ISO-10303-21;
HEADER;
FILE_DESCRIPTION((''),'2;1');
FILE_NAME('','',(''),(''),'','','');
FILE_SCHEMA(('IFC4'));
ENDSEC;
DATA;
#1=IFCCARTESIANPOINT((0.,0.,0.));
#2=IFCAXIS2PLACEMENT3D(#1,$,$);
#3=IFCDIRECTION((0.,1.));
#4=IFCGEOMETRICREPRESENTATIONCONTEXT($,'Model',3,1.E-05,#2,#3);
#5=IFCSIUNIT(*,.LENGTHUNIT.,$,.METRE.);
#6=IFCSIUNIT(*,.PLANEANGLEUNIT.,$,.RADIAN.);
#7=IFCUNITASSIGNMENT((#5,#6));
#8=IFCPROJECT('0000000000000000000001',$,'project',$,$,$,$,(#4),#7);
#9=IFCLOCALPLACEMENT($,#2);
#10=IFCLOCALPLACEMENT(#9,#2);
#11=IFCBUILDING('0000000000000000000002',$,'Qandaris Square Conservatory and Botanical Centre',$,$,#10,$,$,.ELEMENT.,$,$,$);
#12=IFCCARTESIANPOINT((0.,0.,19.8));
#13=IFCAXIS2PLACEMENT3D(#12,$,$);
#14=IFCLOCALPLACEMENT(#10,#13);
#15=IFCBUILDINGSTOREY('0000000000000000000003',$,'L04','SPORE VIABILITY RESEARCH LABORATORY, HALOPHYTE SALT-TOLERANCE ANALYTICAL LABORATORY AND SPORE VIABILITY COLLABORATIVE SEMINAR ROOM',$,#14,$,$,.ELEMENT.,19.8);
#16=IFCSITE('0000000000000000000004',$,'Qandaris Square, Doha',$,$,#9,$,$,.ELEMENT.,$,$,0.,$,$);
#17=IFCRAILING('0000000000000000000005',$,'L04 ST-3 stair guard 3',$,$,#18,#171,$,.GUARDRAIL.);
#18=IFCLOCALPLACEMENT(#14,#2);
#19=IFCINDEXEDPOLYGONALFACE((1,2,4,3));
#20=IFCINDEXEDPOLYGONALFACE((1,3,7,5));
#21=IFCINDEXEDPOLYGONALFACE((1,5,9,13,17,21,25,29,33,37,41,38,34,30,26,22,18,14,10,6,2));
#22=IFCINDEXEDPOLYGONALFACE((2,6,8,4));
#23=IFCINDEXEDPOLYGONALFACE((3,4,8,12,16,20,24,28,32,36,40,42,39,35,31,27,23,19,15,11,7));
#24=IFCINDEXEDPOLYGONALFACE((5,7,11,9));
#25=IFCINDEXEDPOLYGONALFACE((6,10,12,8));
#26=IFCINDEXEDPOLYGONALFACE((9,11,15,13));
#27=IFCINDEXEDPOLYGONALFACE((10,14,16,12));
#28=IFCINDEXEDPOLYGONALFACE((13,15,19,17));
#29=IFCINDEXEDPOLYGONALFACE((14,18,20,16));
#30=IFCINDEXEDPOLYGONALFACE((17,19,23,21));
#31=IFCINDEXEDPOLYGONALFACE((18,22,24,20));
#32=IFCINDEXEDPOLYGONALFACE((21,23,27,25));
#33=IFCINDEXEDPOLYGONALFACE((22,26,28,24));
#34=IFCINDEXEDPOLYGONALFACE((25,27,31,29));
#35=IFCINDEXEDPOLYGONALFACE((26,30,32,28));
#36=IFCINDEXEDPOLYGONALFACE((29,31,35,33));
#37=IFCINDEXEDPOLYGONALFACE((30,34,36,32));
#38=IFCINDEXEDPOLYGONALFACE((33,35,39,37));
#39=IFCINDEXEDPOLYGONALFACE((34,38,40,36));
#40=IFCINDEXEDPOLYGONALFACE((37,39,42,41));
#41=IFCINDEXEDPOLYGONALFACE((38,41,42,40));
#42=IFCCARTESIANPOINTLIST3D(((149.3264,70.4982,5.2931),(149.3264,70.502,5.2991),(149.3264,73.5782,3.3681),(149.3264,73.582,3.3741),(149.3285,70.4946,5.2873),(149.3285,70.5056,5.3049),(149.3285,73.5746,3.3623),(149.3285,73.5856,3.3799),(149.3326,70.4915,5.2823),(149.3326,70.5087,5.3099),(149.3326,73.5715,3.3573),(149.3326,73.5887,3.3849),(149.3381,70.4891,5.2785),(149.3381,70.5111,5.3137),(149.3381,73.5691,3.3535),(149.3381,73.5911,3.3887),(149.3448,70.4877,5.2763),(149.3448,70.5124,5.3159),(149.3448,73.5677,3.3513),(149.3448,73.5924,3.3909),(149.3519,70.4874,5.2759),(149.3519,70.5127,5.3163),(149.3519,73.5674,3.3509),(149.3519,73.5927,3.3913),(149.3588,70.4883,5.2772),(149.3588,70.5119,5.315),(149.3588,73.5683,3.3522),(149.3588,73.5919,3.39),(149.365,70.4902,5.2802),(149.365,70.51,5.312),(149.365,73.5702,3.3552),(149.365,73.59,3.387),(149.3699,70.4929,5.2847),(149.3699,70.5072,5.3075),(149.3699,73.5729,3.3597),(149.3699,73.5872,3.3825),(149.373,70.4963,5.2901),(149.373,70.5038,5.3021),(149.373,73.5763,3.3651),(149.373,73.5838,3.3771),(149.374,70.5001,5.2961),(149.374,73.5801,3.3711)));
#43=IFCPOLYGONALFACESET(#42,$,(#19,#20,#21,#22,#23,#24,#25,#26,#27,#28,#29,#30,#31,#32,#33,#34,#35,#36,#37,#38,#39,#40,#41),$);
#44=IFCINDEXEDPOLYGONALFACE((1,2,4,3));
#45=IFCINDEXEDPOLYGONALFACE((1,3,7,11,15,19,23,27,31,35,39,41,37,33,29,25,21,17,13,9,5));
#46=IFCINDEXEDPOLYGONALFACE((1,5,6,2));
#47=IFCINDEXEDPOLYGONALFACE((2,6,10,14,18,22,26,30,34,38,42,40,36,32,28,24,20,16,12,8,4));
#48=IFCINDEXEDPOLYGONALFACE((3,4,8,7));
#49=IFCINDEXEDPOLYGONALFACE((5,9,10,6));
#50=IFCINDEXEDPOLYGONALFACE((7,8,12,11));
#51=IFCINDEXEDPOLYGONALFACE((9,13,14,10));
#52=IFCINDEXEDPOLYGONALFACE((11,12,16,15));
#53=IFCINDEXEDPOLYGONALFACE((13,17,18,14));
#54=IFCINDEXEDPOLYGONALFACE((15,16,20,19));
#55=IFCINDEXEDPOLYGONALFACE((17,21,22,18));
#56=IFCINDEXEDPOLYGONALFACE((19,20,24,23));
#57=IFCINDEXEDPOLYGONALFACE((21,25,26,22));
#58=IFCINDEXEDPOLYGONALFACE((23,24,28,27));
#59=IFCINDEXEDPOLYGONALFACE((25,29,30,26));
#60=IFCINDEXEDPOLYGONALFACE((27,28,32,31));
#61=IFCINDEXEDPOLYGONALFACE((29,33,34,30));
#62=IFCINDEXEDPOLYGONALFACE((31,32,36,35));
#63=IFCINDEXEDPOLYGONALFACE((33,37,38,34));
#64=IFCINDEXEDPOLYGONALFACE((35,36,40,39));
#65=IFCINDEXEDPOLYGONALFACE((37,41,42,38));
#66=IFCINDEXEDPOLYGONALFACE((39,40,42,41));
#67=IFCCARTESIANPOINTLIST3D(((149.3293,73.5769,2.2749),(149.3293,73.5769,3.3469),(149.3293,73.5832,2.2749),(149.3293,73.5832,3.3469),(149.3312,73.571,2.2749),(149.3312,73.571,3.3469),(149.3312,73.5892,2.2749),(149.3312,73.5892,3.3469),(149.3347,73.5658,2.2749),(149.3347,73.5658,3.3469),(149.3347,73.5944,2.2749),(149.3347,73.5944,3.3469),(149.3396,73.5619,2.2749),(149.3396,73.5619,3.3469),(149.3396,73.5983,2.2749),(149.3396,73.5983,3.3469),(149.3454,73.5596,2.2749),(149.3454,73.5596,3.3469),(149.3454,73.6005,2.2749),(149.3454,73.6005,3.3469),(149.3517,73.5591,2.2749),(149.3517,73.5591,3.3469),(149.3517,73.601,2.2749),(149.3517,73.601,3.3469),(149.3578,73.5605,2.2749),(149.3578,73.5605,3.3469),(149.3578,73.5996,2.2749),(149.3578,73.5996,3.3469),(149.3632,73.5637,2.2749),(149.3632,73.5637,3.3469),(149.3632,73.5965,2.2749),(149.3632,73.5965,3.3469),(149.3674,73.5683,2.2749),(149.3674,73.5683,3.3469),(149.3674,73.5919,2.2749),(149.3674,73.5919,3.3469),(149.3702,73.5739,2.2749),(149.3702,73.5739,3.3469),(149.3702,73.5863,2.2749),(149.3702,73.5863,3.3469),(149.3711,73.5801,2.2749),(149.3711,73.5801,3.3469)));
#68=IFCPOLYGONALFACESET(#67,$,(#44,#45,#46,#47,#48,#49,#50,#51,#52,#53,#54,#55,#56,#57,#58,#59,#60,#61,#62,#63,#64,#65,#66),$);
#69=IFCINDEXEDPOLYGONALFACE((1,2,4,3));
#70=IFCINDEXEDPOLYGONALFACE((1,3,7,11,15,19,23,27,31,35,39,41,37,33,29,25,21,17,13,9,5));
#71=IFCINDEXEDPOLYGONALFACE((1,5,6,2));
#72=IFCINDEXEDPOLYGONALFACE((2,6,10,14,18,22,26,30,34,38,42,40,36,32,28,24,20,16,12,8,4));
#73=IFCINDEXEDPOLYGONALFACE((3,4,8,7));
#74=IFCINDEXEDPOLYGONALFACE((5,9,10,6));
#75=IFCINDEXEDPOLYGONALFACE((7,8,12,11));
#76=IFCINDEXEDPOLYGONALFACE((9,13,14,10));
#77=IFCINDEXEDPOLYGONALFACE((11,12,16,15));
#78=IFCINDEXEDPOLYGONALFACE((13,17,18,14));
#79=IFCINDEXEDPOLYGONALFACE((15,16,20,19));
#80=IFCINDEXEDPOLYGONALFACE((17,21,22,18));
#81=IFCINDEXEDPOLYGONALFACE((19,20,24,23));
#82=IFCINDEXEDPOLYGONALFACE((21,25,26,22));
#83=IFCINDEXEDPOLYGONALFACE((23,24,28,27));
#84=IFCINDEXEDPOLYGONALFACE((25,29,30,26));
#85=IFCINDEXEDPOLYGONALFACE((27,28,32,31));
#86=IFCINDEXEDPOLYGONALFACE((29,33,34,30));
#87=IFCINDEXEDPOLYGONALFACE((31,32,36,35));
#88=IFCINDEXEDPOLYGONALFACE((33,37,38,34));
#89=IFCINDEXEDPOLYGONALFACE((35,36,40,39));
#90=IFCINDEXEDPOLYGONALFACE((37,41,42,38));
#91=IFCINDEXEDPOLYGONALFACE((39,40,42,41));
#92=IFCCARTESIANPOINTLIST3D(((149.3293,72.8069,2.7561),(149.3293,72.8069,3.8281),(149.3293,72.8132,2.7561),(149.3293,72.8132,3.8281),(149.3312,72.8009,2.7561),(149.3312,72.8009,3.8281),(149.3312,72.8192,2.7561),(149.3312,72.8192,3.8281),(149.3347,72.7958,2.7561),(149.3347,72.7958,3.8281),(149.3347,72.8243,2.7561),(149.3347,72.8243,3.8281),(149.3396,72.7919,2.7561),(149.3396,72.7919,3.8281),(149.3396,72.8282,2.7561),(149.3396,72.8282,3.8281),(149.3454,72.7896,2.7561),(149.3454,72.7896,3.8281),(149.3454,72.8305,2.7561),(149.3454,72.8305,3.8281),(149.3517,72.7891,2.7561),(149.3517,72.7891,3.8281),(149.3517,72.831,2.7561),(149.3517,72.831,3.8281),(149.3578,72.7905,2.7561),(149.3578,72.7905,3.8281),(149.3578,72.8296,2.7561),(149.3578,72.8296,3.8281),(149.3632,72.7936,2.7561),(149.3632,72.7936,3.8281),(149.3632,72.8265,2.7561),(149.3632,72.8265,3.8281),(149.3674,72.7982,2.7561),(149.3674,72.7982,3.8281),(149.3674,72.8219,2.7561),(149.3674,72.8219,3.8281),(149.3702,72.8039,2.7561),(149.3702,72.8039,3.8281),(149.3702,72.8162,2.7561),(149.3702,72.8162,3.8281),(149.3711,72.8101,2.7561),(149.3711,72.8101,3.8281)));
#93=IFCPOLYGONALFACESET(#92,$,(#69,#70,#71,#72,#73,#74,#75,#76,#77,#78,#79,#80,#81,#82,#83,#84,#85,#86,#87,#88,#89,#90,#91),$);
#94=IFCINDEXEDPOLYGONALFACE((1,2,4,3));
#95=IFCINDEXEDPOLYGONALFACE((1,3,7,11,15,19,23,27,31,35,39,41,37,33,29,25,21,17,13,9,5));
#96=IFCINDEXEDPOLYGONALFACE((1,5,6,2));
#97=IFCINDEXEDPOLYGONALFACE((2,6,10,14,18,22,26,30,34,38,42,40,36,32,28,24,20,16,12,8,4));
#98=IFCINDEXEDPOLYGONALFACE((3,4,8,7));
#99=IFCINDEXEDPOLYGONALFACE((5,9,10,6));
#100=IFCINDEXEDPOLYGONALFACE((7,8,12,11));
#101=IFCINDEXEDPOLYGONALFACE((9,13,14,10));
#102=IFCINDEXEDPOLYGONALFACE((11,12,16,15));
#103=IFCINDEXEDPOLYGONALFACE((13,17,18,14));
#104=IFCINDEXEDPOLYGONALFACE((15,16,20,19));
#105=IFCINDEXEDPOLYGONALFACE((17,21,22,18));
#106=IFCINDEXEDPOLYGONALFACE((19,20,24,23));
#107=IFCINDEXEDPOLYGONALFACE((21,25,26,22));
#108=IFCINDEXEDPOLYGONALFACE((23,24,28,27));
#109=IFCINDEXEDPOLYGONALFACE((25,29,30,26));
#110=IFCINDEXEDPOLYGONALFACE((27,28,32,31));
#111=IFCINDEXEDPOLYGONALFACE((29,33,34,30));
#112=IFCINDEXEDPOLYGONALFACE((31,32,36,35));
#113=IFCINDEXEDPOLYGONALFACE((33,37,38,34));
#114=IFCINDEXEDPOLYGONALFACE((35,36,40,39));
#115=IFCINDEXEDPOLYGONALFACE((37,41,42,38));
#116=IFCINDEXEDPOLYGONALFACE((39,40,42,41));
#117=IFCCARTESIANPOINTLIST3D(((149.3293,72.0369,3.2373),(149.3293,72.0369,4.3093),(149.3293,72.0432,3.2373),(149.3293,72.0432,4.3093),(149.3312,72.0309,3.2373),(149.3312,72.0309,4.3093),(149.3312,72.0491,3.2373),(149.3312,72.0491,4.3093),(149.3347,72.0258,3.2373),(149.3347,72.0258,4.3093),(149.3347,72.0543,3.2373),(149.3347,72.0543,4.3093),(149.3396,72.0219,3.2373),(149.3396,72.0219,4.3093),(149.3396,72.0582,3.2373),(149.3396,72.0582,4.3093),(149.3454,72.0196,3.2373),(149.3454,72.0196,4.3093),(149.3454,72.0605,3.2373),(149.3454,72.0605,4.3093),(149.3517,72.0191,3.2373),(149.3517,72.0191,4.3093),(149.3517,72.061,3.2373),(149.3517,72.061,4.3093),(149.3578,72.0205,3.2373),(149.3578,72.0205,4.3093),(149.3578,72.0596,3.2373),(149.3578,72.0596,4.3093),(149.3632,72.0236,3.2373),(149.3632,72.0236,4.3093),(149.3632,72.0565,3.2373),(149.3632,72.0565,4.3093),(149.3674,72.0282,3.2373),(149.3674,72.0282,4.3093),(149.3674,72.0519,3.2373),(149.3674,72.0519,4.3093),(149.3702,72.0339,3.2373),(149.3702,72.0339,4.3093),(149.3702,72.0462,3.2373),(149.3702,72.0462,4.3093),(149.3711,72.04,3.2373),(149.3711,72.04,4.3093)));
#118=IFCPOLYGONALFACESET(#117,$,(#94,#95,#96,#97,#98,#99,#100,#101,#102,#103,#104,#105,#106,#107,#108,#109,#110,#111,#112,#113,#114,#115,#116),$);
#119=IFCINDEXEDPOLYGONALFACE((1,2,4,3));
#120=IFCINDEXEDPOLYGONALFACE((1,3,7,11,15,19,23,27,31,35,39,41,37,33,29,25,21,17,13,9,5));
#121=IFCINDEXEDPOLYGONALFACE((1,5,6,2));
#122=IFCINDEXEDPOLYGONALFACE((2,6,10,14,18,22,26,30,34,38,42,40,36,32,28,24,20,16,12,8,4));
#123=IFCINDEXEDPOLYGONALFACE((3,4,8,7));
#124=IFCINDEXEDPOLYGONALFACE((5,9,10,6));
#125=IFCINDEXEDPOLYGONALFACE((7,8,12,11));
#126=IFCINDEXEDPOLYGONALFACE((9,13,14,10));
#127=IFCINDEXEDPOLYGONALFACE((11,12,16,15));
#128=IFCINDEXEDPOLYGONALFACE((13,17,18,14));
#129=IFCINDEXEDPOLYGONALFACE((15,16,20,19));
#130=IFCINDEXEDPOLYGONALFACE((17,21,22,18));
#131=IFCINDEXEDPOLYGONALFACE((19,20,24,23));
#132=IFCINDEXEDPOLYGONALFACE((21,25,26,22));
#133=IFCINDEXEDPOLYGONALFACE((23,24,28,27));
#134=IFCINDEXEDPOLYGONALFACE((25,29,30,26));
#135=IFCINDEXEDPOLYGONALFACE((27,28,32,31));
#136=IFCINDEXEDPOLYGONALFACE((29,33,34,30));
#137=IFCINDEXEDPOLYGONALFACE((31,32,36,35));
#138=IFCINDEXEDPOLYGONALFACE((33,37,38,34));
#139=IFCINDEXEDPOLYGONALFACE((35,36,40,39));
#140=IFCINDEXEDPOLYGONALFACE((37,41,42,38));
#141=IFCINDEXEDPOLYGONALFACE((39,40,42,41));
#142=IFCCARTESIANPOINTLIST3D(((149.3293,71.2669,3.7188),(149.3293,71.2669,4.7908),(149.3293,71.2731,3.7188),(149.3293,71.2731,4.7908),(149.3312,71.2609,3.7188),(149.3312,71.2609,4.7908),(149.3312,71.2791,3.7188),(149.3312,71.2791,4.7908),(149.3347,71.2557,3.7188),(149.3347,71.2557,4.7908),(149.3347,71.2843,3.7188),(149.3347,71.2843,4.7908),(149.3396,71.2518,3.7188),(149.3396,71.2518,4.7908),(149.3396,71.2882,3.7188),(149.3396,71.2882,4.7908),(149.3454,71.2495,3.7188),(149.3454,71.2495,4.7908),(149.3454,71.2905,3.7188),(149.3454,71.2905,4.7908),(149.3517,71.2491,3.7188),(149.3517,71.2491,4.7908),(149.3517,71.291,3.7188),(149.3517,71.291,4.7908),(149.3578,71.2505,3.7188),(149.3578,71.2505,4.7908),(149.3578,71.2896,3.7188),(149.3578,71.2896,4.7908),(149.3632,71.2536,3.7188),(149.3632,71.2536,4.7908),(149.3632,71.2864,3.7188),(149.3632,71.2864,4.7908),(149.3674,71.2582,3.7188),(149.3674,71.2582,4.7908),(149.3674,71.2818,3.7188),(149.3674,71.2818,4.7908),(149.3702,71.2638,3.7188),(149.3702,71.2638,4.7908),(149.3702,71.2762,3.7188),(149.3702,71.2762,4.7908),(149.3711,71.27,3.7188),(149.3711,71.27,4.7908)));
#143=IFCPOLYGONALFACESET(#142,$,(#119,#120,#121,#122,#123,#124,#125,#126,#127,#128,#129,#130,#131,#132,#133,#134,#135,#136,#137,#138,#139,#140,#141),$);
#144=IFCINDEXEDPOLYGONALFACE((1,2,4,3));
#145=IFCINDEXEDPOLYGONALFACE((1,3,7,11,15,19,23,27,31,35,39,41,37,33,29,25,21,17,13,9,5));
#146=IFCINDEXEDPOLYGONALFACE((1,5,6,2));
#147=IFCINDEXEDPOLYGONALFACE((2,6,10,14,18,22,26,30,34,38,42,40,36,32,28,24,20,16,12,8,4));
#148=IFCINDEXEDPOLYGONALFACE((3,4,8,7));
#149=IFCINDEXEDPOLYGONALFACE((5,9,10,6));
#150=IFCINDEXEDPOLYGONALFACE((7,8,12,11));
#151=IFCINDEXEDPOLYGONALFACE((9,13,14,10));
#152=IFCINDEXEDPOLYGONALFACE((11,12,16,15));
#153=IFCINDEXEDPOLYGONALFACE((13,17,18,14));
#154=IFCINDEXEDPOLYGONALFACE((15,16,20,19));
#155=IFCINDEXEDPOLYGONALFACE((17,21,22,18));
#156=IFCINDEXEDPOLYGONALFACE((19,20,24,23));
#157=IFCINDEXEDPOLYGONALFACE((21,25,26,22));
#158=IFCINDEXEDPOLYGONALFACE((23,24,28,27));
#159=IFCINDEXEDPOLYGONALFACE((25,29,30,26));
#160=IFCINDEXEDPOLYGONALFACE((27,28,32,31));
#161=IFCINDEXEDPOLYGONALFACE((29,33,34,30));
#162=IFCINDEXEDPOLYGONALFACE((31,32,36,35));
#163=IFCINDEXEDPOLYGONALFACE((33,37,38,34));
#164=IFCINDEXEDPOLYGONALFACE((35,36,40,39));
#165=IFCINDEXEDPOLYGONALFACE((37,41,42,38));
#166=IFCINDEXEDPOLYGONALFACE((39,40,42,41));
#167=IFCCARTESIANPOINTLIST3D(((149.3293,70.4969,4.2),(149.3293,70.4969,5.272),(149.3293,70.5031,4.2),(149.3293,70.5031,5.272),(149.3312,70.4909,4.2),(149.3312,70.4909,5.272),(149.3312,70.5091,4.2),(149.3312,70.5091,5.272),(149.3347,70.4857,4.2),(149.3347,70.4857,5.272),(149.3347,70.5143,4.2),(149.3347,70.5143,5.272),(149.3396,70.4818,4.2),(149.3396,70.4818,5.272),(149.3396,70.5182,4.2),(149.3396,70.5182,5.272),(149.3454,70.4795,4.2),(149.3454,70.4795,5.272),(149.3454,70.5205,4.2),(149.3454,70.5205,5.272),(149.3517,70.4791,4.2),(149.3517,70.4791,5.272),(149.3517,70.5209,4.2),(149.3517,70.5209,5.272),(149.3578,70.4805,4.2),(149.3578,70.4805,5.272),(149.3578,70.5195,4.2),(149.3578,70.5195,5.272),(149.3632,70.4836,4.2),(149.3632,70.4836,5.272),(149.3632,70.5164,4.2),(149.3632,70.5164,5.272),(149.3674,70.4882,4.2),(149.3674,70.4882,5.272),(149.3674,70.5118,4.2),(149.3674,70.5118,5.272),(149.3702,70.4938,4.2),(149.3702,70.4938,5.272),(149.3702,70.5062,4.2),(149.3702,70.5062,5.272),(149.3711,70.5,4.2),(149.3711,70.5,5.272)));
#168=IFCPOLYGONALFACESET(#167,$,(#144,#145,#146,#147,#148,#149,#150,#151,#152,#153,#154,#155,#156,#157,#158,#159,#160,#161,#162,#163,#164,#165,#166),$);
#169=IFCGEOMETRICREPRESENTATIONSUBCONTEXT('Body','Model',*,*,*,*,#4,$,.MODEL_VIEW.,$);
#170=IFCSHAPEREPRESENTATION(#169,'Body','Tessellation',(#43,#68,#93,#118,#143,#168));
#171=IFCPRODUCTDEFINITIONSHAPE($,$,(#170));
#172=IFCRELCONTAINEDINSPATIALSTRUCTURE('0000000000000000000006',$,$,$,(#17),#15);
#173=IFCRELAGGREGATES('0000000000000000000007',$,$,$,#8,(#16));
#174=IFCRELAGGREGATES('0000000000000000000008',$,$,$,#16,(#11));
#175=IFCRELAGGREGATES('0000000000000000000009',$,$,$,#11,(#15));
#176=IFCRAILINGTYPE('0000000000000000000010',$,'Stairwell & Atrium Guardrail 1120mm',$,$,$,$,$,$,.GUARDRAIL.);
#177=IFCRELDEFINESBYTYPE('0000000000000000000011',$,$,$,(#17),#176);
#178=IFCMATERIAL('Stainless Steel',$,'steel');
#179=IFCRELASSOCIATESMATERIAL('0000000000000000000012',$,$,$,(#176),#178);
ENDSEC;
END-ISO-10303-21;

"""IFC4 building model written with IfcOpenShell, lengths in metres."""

from ifc_helpers import new_model, si_unit, direction, frame, origin, origin_2d, place, context, subcontext, project, spatial, circle, extrude, material, type_object, element, save


model = new_model("IFC4")

# Units and contexts
model_context = context("Model", 3, precision=1e-05, world=origin(), true_north=direction((0.0, 1.0)))
body_context = subcontext(model_context, "Body", "Model", "MODEL_VIEW")
ifc_project = project(units=[si_unit("LENGTHUNIT", "METRE"), si_unit("PLANEANGLEUNIT", "RADIAN")], contexts=[model_context])

# Site, building, storey
site_placement = place(None, origin())
site = spatial("IfcSite", under=ifc_project, at=site_placement, Name="Qandaris Square, Doha", CompositionType="ELEMENT", RefElevation=0.0)
building_placement = place(site_placement, origin())
building = spatial("IfcBuilding", under=site, at=building_placement, Name="Qandaris Square Conservatory and Botanical Centre", CompositionType="ELEMENT")
storey_placement = place(building_placement, frame((0.0, 0.0, 19.8)))
storey = spatial("IfcBuildingStorey", under=building, at=storey_placement, Name="L04", Description="SPORE VIABILITY RESEARCH LABORATORY, HALOPHYTE SALT-TOLERANCE ANALYTICAL LABORATORY AND SPORE VIABILITY COLLABORATIVE SEMINAR ROOM", CompositionType="ELEMENT", Elevation=19.8)

# Railing
ifc_material_1 = material(Name="Stainless Steel", Category="steel")
railing_type_1 = type_object("IfcRailingType", Name="Stairwell & Atrium Guardrail 1120mm", PredefinedType="GUARDRAIL", material=ifc_material_1)
railing_1_placement = place(storey_placement, frame((149.3501, 73.5801, 2.2749)))
element("IfcRailing", 1, at=railing_1_placement, inside=storey, type_object=railing_type_1, Name="L04 ST-3 stair guard 3", PredefinedType="GUARDRAIL", context=body_context, shape_type="SweptSolid", body=[
    extrude(circle(Radius=0.0239, at=origin_2d()), frame((0.0, 0.0, 1.0962), z_axis=(0.0, -0.847998, 0.529999), x_axis=(1.0, 0.0, 0.0)), (0.0, 0.0, 1.0), 3.6321),
    extrude(circle(Radius=0.021, at=origin_2d()), origin(), (0.0, 0.0, 1.0), 1.072),
    extrude(circle(Radius=0.021, at=origin_2d()), frame((0.0, -0.77, 0.4812)), (0.0, 0.0, 1.0), 1.072),
    extrude(circle(Radius=0.021, at=origin_2d()), frame((0.0, -1.54, 0.9624)), (0.0, 0.0, 1.0), 1.072),
    extrude(circle(Radius=0.021, at=origin_2d()), frame((0.0, -2.3101, 1.4438)), (0.0, 0.0, 1.0), 1.072),
    extrude(circle(Radius=0.021, at=origin_2d()), frame((0.0, -3.0801, 1.925)), (0.0, 0.0, 1.0), 1.072),
])

save(model, "model.ifc")
